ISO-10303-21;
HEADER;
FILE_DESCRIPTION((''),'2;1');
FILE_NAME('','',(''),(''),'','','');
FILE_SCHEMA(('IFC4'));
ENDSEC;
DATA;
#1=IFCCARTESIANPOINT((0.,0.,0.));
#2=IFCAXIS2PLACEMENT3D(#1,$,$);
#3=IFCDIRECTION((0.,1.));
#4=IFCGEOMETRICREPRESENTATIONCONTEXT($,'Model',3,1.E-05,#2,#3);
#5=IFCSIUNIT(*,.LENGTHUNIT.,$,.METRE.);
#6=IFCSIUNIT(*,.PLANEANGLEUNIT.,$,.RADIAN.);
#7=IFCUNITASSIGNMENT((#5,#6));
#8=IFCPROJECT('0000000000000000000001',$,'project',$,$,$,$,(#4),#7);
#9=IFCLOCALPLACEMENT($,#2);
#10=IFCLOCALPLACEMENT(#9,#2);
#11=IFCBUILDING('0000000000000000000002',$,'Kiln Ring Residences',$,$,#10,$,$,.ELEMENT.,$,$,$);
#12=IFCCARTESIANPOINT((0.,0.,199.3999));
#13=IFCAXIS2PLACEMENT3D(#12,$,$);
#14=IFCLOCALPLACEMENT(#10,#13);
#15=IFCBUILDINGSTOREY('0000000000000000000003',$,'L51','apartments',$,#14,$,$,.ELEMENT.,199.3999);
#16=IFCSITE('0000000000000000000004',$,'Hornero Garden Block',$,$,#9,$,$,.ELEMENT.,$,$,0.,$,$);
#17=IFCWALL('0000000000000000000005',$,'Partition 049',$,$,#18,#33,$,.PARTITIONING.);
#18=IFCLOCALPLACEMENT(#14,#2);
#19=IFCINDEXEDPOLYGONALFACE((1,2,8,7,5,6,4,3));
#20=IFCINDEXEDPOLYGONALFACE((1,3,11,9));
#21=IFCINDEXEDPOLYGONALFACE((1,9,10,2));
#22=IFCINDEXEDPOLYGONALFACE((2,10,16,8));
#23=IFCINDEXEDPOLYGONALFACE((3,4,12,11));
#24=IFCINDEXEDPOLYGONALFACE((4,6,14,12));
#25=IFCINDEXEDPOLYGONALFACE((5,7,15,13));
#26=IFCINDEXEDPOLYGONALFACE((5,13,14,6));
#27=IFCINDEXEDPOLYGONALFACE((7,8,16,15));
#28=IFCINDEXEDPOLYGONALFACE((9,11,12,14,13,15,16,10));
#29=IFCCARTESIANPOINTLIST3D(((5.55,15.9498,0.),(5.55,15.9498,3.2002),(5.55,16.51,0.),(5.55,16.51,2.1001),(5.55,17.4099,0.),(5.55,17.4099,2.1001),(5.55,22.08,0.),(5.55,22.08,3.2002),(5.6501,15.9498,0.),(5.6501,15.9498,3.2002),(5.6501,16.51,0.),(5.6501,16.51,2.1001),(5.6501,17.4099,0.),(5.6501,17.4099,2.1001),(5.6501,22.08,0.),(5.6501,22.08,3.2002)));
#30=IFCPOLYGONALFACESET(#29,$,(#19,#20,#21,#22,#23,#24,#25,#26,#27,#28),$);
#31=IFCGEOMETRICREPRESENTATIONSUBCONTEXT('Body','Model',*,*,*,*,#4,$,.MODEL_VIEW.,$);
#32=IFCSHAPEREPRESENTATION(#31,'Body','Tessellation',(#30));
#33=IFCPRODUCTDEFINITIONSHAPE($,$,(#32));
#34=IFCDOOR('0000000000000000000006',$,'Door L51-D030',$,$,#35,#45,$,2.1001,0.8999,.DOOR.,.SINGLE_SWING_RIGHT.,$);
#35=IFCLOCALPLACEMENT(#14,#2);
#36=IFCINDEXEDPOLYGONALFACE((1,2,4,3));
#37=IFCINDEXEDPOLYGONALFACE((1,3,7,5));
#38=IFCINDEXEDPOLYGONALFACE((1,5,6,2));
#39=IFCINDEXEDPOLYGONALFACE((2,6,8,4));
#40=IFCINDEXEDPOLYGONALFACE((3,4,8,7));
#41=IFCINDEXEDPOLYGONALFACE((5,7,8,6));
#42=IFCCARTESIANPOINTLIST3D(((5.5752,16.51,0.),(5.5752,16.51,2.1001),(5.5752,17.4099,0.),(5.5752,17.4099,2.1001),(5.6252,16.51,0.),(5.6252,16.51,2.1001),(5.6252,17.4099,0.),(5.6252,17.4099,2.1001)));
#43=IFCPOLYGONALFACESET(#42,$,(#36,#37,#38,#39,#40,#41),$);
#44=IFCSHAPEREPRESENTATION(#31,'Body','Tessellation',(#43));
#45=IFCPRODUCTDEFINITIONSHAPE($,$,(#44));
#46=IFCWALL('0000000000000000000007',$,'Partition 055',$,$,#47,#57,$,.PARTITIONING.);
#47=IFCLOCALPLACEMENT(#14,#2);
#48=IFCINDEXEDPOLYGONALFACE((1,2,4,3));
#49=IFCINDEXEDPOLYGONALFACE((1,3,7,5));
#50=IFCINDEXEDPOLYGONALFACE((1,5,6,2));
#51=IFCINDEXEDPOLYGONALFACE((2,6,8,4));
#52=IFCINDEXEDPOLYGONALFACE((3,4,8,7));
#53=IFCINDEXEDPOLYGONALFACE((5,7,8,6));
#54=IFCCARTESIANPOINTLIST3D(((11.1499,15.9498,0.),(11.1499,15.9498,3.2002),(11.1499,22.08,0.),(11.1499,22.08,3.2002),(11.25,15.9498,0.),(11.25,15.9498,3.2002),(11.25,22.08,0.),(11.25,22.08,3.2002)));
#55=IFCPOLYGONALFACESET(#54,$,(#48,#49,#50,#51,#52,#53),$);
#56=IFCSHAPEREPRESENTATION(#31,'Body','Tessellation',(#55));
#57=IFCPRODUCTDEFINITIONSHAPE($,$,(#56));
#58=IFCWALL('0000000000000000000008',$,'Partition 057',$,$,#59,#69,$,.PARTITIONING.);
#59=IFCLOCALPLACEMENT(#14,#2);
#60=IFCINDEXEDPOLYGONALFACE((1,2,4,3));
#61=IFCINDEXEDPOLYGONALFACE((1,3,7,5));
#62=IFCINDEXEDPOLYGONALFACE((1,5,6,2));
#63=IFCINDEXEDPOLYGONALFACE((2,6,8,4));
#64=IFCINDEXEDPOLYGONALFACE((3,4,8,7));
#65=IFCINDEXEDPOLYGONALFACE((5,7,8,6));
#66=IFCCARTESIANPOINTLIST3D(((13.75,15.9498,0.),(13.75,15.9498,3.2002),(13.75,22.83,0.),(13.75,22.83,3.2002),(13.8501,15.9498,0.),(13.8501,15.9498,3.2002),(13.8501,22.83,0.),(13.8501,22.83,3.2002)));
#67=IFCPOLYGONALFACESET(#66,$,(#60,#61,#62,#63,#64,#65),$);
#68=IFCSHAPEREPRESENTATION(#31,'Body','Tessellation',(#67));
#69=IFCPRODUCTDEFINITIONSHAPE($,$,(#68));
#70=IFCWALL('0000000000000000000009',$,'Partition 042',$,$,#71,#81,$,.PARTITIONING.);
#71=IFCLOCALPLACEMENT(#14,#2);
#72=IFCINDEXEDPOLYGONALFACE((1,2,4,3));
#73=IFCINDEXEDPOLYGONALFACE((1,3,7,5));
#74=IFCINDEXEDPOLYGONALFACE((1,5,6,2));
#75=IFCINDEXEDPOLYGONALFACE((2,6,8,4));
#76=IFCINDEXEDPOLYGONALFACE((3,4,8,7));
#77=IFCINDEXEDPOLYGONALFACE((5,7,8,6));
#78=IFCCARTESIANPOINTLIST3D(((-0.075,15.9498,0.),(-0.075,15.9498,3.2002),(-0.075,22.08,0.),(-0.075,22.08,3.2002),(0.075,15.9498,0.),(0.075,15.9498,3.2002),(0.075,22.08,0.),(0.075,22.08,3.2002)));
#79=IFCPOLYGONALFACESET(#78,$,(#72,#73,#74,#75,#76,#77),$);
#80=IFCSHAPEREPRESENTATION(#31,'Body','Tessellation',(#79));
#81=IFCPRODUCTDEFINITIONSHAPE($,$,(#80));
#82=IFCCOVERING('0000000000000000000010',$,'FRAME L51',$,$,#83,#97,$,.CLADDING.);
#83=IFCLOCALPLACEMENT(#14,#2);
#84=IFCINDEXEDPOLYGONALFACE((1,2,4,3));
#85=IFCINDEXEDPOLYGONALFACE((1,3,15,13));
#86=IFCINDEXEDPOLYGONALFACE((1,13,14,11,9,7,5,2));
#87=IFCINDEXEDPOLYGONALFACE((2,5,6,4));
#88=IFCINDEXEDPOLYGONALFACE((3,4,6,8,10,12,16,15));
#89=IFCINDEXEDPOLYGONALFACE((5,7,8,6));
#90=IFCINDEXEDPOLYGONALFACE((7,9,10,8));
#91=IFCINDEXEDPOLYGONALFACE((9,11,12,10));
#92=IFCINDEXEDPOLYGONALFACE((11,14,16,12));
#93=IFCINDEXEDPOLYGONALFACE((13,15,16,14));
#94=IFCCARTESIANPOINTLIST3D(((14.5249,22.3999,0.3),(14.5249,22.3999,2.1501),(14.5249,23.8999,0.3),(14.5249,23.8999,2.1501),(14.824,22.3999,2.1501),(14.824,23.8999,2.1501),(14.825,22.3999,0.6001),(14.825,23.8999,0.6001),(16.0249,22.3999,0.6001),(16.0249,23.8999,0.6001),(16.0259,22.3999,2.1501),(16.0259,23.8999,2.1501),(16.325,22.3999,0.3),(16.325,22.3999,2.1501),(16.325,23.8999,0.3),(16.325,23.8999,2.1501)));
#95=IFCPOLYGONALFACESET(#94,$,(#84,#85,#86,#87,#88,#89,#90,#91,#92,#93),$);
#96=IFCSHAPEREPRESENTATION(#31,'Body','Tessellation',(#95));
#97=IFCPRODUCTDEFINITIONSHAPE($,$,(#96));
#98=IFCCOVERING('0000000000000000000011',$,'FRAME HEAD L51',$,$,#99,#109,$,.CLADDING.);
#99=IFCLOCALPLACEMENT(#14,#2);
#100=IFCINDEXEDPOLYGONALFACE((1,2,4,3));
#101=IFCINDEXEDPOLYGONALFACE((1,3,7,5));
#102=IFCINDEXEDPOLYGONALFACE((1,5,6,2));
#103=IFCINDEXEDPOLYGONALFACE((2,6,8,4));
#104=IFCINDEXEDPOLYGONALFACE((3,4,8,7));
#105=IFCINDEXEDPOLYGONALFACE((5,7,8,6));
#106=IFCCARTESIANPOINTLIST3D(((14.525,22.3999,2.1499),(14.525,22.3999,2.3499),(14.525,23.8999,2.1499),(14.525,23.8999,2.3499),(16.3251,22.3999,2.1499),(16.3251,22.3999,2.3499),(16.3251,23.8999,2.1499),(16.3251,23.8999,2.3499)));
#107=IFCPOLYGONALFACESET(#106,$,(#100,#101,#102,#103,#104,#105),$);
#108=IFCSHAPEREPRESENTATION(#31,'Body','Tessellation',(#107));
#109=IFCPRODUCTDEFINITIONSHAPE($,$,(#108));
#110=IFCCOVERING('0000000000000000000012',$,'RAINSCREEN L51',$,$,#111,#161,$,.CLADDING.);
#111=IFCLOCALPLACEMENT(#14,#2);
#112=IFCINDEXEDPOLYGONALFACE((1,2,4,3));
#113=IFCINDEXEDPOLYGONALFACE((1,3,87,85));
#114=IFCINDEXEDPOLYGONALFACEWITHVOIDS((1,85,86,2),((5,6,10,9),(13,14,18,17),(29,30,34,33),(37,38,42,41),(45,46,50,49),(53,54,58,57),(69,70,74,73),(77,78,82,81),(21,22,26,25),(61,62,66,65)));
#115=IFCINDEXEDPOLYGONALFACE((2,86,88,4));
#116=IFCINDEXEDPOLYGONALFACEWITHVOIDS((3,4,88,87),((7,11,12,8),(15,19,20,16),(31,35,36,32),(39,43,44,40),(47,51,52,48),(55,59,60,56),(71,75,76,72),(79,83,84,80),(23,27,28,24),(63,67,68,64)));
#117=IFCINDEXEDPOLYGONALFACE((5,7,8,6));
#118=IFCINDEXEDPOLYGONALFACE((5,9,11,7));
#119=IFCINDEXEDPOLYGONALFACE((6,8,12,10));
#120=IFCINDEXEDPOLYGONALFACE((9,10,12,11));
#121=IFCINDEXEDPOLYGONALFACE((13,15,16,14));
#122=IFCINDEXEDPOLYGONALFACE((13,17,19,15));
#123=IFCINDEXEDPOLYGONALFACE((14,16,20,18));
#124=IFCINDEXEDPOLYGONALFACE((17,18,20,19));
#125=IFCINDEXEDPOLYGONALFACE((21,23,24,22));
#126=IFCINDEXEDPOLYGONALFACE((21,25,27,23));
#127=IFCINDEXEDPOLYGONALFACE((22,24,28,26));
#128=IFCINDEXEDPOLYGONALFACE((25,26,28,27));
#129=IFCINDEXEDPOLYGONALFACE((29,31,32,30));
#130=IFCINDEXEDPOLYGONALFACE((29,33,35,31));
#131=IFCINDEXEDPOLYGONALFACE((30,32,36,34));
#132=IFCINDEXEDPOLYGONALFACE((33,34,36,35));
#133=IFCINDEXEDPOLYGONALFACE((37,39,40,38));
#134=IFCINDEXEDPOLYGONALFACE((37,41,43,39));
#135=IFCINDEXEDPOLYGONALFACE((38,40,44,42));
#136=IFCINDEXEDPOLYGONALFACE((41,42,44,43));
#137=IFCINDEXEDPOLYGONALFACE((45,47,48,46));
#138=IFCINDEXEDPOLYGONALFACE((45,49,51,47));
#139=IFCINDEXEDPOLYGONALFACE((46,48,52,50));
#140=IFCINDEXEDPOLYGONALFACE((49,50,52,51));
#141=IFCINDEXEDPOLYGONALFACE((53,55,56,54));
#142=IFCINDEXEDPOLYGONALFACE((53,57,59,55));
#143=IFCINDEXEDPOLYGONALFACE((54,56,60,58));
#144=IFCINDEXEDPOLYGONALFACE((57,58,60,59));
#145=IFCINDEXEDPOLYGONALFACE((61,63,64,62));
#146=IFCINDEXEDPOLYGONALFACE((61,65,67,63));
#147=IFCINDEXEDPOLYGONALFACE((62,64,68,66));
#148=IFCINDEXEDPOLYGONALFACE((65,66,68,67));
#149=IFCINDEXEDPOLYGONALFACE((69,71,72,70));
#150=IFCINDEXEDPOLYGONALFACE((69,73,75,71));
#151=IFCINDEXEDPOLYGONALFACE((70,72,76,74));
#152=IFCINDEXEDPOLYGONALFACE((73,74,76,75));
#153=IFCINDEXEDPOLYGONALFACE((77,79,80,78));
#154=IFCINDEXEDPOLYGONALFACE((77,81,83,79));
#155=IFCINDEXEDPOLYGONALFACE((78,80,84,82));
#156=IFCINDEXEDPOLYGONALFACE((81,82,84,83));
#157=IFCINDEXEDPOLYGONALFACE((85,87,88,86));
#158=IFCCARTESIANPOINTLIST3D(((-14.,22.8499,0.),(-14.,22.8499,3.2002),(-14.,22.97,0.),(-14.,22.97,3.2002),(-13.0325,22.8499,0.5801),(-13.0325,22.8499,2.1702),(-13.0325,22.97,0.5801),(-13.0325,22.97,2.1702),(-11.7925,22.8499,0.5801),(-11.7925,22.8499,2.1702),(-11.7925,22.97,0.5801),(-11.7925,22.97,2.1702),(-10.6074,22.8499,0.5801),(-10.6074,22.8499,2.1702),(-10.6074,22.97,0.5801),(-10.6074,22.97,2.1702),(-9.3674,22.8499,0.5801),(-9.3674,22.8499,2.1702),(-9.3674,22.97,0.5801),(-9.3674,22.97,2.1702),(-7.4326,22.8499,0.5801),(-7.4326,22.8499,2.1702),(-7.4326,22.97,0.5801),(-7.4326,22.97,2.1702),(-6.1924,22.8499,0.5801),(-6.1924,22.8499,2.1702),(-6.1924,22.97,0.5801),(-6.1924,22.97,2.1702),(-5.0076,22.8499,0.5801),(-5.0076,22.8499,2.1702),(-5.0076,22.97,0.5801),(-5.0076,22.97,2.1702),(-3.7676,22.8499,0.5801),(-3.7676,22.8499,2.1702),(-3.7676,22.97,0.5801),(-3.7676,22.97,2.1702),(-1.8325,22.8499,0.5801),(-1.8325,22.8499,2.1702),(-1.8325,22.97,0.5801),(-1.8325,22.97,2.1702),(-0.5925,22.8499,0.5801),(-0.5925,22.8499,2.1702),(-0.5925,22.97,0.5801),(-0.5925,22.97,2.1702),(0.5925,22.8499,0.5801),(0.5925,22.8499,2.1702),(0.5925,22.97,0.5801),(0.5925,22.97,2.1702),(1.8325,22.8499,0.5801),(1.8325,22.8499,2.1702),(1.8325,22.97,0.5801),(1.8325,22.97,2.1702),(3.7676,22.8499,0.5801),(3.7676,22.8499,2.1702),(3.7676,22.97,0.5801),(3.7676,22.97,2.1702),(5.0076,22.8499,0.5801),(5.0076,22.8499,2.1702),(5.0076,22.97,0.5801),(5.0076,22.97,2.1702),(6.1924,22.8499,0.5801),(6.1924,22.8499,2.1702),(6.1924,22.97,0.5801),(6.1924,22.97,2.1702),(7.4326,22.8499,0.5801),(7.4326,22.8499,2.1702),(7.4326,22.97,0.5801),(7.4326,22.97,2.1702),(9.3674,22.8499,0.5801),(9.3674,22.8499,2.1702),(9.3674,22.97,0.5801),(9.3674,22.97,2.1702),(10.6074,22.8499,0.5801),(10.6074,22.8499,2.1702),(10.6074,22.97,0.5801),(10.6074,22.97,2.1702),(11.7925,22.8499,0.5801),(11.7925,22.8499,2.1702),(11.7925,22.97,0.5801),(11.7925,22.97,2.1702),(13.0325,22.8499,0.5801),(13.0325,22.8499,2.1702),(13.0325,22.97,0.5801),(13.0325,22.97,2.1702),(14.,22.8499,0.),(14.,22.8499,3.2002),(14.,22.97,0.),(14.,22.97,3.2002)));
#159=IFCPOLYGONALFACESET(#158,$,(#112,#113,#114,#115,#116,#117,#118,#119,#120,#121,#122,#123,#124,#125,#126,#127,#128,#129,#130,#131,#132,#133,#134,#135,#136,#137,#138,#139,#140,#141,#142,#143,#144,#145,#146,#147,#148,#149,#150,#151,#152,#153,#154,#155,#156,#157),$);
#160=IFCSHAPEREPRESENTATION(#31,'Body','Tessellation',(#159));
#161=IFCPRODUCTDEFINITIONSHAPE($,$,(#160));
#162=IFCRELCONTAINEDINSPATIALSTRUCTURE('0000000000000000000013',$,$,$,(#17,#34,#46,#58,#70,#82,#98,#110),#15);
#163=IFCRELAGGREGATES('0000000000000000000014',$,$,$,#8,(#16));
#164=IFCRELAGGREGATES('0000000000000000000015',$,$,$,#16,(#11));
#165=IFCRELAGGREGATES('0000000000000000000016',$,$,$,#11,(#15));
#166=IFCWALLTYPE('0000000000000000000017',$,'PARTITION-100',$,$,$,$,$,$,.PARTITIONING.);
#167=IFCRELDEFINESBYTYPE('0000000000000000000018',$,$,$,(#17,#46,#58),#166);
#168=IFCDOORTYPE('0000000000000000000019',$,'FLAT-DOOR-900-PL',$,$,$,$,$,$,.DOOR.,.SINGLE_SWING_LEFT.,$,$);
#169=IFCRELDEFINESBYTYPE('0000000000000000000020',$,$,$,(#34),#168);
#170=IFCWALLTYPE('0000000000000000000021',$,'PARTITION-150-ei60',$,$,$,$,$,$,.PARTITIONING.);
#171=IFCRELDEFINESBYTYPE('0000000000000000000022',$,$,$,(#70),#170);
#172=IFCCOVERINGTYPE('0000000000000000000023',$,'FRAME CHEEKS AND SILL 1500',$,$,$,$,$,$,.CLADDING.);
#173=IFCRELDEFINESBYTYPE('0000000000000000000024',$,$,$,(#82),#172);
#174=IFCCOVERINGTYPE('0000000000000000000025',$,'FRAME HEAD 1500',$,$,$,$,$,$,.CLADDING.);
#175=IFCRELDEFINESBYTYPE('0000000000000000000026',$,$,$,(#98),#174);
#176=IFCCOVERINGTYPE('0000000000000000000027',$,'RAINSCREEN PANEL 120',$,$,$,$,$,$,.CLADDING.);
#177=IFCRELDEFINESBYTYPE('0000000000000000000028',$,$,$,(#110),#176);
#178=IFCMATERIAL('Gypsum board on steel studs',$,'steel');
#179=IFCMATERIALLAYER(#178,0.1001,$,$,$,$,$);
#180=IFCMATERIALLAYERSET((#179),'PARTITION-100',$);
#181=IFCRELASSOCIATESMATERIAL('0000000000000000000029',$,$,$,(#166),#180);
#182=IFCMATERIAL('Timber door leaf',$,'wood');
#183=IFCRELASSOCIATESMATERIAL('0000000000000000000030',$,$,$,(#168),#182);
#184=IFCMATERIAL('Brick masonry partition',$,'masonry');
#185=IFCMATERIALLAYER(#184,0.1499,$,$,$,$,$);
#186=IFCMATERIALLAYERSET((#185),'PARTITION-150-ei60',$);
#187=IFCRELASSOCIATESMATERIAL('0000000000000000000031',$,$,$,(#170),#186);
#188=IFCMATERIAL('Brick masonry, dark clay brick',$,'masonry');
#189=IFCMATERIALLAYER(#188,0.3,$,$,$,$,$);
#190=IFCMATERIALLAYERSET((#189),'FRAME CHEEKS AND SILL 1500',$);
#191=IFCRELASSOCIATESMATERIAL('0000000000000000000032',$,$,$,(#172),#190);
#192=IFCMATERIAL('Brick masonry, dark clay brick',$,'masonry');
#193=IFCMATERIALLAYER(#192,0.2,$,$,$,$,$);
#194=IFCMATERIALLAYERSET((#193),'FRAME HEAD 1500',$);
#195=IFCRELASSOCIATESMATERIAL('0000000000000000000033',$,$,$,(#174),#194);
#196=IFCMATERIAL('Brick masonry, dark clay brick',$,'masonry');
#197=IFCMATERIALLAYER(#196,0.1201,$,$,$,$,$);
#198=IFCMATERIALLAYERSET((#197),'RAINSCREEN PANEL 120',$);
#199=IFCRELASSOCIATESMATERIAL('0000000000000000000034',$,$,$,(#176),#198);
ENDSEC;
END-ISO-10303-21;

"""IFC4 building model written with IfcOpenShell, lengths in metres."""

from ifc_helpers import new_model, si_unit, direction, frame, frame_2d, origin, origin_2d, place, context, subcontext, project, spatial, polyline, rectangle, outline, extrude, material, layer, layer_set, type_object, element, fill, save


model = new_model("IFC4")

# Units and contexts
model_context = context("Model", 3, precision=1e-05, world=origin(), true_north=direction((0.0, 1.0)))
body_context = subcontext(model_context, "Body", "Model", "MODEL_VIEW")
ifc_project = project(units=[si_unit("LENGTHUNIT", "METRE"), si_unit("PLANEANGLEUNIT", "RADIAN")], contexts=[model_context])

# Site, building, storey
site_placement = place(None, origin())
site = spatial("IfcSite", under=ifc_project, at=site_placement, Name="Hornero Garden Block", CompositionType="ELEMENT", RefElevation=0.0)
building_placement = place(site_placement, origin())
building = spatial("IfcBuilding", under=site, at=building_placement, Name="Kiln Ring Residences", CompositionType="ELEMENT")
storey_placement = place(building_placement, frame((0.0, 0.0, 199.3999)))
storey = spatial("IfcBuildingStorey", under=building, at=storey_placement, Name="L51", Description="apartments", CompositionType="ELEMENT", Elevation=199.3999)

# Wall, opening, door
ifc_material_1 = material(Name="Gypsum board on steel studs", Category="steel")
ifc_layer_1 = layer(ifc_material_1, 0.1001)
ifc_layer_set_1 = layer_set([ifc_layer_1], Name="PARTITION-100")
wall_type_1 = type_object("IfcWallType", Name="PARTITION-100", PredefinedType="PARTITIONING", material=ifc_layer_set_1)
wall_1_placement = place(storey_placement, frame((5.6001, 15.95, 0.0), z_axis=(0.0, 0.0, 1.0), x_axis=(0.0, 1.0, 0.0)))
wall_1 = element("IfcWall", 1, at=wall_1_placement, inside=storey, type_object=wall_type_1, Name="Partition 049", PredefinedType="PARTITIONING", context=body_context, shape_type="SweptSolid", body=[
    extrude(rectangle(XDim=6.1301, YDim=0.1001, at=frame_2d((3.0649, 0.0))), origin(), (0.0, 0.0, 1.0), 3.2002),
])
opening_1_placement = place(wall_1_placement, frame((0.5601, 0.0, 0.0)))
opening_1 = element("IfcOpeningElement", 2, at=opening_1_placement, cuts=wall_1, PredefinedType="OPENING", context=body_context, shape_type="SweptSolid", body=[
    extrude(rectangle(XDim=0.8999, YDim=2.1001, at=frame_2d((0.45, 1.05))), frame((0.0, 0.0601, 0.0), z_axis=(0.0, -1.0, 0.0), x_axis=(1.0, 0.0, 0.0)), (0.0, 0.0, 1.0), 0.1201),
])
ifc_material_2 = material(Name="Timber door leaf", Category="wood")
door_type = type_object("IfcDoorType", Name="FLAT-DOOR-900-PL", OperationType="SINGLE_SWING_LEFT", PredefinedType="DOOR", material=ifc_material_2)
door_placement = place(opening_1_placement, origin())
door = element("IfcDoor", 3, at=door_placement, inside=storey, type_object=door_type, Name="Door L51-D030", OperationType="SINGLE_SWING_RIGHT", OverallHeight=2.1001, OverallWidth=0.8999, PredefinedType="DOOR", context=body_context, shape_type="SweptSolid", body=[
    extrude(rectangle(XDim=0.8999, YDim=2.1001, at=frame_2d((0.45, 1.05))), frame((0.0, 0.0249, 0.0), z_axis=(0.0, -1.0, 0.0), x_axis=(1.0, 0.0, 0.0)), (0.0, 0.0, 1.0), 0.05),
])
fill(opening_1, door)

# Walls
wall_2_placement = place(storey_placement, frame((11.2, 15.95, 0.0), z_axis=(0.0, 0.0, 1.0), x_axis=(0.0, 1.0, 0.0)))
element("IfcWall", 4, at=wall_2_placement, inside=storey, type_object=wall_type_1, Name="Partition 055", PredefinedType="PARTITIONING", context=body_context, shape_type="SweptSolid", body=[
    extrude(rectangle(XDim=6.1301, YDim=0.1001, at=frame_2d((3.0649, 0.0))), origin(), (0.0, 0.0, 1.0), 3.2002),
])
wall_3_placement = place(storey_placement, frame((13.8, 15.95, 0.0), z_axis=(0.0, 0.0, 1.0), x_axis=(0.0, 1.0, 0.0)))
element("IfcWall", 5, at=wall_3_placement, inside=storey, type_object=wall_type_1, Name="Partition 057", PredefinedType="PARTITIONING", context=body_context, shape_type="SweptSolid", body=[
    extrude(rectangle(XDim=6.8801, YDim=0.1001, at=frame_2d((3.4399, 0.0))), origin(), (0.0, 0.0, 1.0), 3.2002),
])
ifc_material_3 = material(Name="Brick masonry partition", Category="masonry")
ifc_layer_2 = layer(ifc_material_3, 0.1499)
ifc_layer_set_2 = layer_set([ifc_layer_2], Name="PARTITION-150-ei60")
wall_type_2 = type_object("IfcWallType", Name="PARTITION-150-ei60", PredefinedType="PARTITIONING", material=ifc_layer_set_2)
wall_4_placement = place(storey_placement, frame((0.0, 15.95, 0.0), z_axis=(0.0, 0.0, 1.0), x_axis=(0.0, 1.0, 0.0)))
element("IfcWall", 6, at=wall_4_placement, inside=storey, type_object=wall_type_2, Name="Partition 042", PredefinedType="PARTITIONING", context=body_context, shape_type="SweptSolid", body=[
    extrude(rectangle(XDim=6.1301, YDim=0.1499, at=frame_2d((3.0649, 0.0))), origin(), (0.0, 0.0, 1.0), 3.2002),
])

# Coverings
ifc_material_4 = material(Name="Brick masonry, dark clay brick", Category="masonry")
ifc_layer_3 = layer(ifc_material_4, 0.3)
ifc_layer_set_3 = layer_set([ifc_layer_3], Name="FRAME CHEEKS AND SILL 1500")
covering_type_1 = type_object("IfcCoveringType", Name="FRAME CHEEKS AND SILL 1500", PredefinedType="CLADDING", material=ifc_layer_set_3)
covering_1_placement = place(storey_placement, frame((16.325, 23.1499, 0.3), z_axis=(0.0, 0.0, 1.0), x_axis=(-1.0, 0.0, 0.0)))
element("IfcCovering", 7, at=covering_1_placement, inside=storey, type_object=covering_type_1, Name="FRAME L51", PredefinedType="CLADDING", context=body_context, shape_type="SweptSolid", body=[
    extrude(outline(polyline([(0.0, 0.0), (1.8, 0.0), (1.8, 1.8501), (1.501, 1.8501), (1.5, 0.3), (0.3, 0.3), (0.2991, 1.8501), (0.0, 1.8501), (0.0, 0.0)])), frame((0.0, 0.75, 0.0), z_axis=(0.0, -1.0, 0.0), x_axis=(1.0, 0.0, 0.0)), (0.0, 0.0, 1.0), 1.5),
])
ifc_material_5 = material(Name="Brick masonry, dark clay brick", Category="masonry")
ifc_layer_4 = layer(ifc_material_5, 0.2)
ifc_layer_set_4 = layer_set([ifc_layer_4], Name="FRAME HEAD 1500")
covering_type_2 = type_object("IfcCoveringType", Name="FRAME HEAD 1500", PredefinedType="CLADDING", material=ifc_layer_set_4)
covering_2_placement = place(storey_placement, frame((15.425, 23.1499, 2.1499), z_axis=(0.0, 0.0, 1.0), x_axis=(-1.0, 0.0, 0.0)))
element("IfcCovering", 8, at=covering_2_placement, inside=storey, type_object=covering_type_2, Name="FRAME HEAD L51", PredefinedType="CLADDING", context=body_context, shape_type="SweptSolid", body=[
    extrude(rectangle(XDim=1.8, YDim=1.5, at=origin_2d()), origin(), (0.0, 0.0, 1.0), 0.2),
])
ifc_material_6 = material(Name="Brick masonry, dark clay brick", Category="masonry")
ifc_layer_5 = layer(ifc_material_6, 0.1201)
ifc_layer_set_5 = layer_set([ifc_layer_5], Name="RAINSCREEN PANEL 120")
covering_type_3 = type_object("IfcCoveringType", Name="RAINSCREEN PANEL 120", PredefinedType="CLADDING", material=ifc_layer_set_5)
covering_3_placement = place(storey_placement, frame((14.0, 22.9099, 0.0), z_axis=(0.0, 0.0, 1.0), x_axis=(-1.0, 0.0, 0.0)))
element("IfcCovering", 9, at=covering_3_placement, inside=storey, type_object=covering_type_3, Name="RAINSCREEN L51", PredefinedType="CLADDING", context=body_context, shape_type="SweptSolid", body=[
    extrude(outline(polyline([(0.0, 0.0), (28.0, 0.0), (28.0, 3.2002), (0.0, 3.2002), (0.0, 0.0)]), holes=[polyline([(0.9675, 0.5801), (2.2075, 0.5801), (2.2075, 2.1702), (0.9675, 2.1702), (0.9675, 0.5801)]), polyline([(3.3926, 0.5801), (4.6326, 0.5801), (4.6326, 2.1702), (3.3926, 2.1702), (3.3926, 0.5801)]), polyline([(6.5674, 0.5801), (7.8076, 0.5801), (7.8076, 2.1702), (6.5674, 2.1702), (6.5674, 0.5801)]), polyline([(8.9924, 2.1702), (8.9924, 0.5801), (10.2324, 0.5801), (10.2324, 2.1702), (8.9924, 2.1702)]), polyline([(12.1675, 2.1702), (12.1675, 0.5801), (13.4075, 0.5801), (13.4075, 2.1702), (12.1675, 2.1702)]), polyline([(14.5925, 0.5801), (15.8325, 0.5801), (15.8325, 2.1702), (14.5925, 2.1702), (14.5925, 0.5801)]), polyline([(17.7676, 0.5801), (19.0076, 0.5801), (19.0076, 2.1702), (17.7676, 2.1702), (17.7676, 0.5801)]), polyline([(20.1924, 0.5801), (21.4326, 0.5801), (21.4326, 2.1702), (20.1924, 2.1702), (20.1924, 0.5801)]), polyline([(23.3674, 2.1702), (23.3674, 0.5801), (24.6074, 0.5801), (24.6074, 2.1702), (23.3674, 2.1702)]), polyline([(25.7925, 2.1702), (25.7925, 0.5801), (27.0325, 0.5801), (27.0325, 2.1702), (25.7925, 2.1702)])]), frame((0.0, 0.0601, 0.0), z_axis=(0.0, -1.0, 0.0), x_axis=(1.0, 0.0, 0.0)), (0.0, 0.0, 1.0), 0.1201),
])

save(model, "model.ifc")
